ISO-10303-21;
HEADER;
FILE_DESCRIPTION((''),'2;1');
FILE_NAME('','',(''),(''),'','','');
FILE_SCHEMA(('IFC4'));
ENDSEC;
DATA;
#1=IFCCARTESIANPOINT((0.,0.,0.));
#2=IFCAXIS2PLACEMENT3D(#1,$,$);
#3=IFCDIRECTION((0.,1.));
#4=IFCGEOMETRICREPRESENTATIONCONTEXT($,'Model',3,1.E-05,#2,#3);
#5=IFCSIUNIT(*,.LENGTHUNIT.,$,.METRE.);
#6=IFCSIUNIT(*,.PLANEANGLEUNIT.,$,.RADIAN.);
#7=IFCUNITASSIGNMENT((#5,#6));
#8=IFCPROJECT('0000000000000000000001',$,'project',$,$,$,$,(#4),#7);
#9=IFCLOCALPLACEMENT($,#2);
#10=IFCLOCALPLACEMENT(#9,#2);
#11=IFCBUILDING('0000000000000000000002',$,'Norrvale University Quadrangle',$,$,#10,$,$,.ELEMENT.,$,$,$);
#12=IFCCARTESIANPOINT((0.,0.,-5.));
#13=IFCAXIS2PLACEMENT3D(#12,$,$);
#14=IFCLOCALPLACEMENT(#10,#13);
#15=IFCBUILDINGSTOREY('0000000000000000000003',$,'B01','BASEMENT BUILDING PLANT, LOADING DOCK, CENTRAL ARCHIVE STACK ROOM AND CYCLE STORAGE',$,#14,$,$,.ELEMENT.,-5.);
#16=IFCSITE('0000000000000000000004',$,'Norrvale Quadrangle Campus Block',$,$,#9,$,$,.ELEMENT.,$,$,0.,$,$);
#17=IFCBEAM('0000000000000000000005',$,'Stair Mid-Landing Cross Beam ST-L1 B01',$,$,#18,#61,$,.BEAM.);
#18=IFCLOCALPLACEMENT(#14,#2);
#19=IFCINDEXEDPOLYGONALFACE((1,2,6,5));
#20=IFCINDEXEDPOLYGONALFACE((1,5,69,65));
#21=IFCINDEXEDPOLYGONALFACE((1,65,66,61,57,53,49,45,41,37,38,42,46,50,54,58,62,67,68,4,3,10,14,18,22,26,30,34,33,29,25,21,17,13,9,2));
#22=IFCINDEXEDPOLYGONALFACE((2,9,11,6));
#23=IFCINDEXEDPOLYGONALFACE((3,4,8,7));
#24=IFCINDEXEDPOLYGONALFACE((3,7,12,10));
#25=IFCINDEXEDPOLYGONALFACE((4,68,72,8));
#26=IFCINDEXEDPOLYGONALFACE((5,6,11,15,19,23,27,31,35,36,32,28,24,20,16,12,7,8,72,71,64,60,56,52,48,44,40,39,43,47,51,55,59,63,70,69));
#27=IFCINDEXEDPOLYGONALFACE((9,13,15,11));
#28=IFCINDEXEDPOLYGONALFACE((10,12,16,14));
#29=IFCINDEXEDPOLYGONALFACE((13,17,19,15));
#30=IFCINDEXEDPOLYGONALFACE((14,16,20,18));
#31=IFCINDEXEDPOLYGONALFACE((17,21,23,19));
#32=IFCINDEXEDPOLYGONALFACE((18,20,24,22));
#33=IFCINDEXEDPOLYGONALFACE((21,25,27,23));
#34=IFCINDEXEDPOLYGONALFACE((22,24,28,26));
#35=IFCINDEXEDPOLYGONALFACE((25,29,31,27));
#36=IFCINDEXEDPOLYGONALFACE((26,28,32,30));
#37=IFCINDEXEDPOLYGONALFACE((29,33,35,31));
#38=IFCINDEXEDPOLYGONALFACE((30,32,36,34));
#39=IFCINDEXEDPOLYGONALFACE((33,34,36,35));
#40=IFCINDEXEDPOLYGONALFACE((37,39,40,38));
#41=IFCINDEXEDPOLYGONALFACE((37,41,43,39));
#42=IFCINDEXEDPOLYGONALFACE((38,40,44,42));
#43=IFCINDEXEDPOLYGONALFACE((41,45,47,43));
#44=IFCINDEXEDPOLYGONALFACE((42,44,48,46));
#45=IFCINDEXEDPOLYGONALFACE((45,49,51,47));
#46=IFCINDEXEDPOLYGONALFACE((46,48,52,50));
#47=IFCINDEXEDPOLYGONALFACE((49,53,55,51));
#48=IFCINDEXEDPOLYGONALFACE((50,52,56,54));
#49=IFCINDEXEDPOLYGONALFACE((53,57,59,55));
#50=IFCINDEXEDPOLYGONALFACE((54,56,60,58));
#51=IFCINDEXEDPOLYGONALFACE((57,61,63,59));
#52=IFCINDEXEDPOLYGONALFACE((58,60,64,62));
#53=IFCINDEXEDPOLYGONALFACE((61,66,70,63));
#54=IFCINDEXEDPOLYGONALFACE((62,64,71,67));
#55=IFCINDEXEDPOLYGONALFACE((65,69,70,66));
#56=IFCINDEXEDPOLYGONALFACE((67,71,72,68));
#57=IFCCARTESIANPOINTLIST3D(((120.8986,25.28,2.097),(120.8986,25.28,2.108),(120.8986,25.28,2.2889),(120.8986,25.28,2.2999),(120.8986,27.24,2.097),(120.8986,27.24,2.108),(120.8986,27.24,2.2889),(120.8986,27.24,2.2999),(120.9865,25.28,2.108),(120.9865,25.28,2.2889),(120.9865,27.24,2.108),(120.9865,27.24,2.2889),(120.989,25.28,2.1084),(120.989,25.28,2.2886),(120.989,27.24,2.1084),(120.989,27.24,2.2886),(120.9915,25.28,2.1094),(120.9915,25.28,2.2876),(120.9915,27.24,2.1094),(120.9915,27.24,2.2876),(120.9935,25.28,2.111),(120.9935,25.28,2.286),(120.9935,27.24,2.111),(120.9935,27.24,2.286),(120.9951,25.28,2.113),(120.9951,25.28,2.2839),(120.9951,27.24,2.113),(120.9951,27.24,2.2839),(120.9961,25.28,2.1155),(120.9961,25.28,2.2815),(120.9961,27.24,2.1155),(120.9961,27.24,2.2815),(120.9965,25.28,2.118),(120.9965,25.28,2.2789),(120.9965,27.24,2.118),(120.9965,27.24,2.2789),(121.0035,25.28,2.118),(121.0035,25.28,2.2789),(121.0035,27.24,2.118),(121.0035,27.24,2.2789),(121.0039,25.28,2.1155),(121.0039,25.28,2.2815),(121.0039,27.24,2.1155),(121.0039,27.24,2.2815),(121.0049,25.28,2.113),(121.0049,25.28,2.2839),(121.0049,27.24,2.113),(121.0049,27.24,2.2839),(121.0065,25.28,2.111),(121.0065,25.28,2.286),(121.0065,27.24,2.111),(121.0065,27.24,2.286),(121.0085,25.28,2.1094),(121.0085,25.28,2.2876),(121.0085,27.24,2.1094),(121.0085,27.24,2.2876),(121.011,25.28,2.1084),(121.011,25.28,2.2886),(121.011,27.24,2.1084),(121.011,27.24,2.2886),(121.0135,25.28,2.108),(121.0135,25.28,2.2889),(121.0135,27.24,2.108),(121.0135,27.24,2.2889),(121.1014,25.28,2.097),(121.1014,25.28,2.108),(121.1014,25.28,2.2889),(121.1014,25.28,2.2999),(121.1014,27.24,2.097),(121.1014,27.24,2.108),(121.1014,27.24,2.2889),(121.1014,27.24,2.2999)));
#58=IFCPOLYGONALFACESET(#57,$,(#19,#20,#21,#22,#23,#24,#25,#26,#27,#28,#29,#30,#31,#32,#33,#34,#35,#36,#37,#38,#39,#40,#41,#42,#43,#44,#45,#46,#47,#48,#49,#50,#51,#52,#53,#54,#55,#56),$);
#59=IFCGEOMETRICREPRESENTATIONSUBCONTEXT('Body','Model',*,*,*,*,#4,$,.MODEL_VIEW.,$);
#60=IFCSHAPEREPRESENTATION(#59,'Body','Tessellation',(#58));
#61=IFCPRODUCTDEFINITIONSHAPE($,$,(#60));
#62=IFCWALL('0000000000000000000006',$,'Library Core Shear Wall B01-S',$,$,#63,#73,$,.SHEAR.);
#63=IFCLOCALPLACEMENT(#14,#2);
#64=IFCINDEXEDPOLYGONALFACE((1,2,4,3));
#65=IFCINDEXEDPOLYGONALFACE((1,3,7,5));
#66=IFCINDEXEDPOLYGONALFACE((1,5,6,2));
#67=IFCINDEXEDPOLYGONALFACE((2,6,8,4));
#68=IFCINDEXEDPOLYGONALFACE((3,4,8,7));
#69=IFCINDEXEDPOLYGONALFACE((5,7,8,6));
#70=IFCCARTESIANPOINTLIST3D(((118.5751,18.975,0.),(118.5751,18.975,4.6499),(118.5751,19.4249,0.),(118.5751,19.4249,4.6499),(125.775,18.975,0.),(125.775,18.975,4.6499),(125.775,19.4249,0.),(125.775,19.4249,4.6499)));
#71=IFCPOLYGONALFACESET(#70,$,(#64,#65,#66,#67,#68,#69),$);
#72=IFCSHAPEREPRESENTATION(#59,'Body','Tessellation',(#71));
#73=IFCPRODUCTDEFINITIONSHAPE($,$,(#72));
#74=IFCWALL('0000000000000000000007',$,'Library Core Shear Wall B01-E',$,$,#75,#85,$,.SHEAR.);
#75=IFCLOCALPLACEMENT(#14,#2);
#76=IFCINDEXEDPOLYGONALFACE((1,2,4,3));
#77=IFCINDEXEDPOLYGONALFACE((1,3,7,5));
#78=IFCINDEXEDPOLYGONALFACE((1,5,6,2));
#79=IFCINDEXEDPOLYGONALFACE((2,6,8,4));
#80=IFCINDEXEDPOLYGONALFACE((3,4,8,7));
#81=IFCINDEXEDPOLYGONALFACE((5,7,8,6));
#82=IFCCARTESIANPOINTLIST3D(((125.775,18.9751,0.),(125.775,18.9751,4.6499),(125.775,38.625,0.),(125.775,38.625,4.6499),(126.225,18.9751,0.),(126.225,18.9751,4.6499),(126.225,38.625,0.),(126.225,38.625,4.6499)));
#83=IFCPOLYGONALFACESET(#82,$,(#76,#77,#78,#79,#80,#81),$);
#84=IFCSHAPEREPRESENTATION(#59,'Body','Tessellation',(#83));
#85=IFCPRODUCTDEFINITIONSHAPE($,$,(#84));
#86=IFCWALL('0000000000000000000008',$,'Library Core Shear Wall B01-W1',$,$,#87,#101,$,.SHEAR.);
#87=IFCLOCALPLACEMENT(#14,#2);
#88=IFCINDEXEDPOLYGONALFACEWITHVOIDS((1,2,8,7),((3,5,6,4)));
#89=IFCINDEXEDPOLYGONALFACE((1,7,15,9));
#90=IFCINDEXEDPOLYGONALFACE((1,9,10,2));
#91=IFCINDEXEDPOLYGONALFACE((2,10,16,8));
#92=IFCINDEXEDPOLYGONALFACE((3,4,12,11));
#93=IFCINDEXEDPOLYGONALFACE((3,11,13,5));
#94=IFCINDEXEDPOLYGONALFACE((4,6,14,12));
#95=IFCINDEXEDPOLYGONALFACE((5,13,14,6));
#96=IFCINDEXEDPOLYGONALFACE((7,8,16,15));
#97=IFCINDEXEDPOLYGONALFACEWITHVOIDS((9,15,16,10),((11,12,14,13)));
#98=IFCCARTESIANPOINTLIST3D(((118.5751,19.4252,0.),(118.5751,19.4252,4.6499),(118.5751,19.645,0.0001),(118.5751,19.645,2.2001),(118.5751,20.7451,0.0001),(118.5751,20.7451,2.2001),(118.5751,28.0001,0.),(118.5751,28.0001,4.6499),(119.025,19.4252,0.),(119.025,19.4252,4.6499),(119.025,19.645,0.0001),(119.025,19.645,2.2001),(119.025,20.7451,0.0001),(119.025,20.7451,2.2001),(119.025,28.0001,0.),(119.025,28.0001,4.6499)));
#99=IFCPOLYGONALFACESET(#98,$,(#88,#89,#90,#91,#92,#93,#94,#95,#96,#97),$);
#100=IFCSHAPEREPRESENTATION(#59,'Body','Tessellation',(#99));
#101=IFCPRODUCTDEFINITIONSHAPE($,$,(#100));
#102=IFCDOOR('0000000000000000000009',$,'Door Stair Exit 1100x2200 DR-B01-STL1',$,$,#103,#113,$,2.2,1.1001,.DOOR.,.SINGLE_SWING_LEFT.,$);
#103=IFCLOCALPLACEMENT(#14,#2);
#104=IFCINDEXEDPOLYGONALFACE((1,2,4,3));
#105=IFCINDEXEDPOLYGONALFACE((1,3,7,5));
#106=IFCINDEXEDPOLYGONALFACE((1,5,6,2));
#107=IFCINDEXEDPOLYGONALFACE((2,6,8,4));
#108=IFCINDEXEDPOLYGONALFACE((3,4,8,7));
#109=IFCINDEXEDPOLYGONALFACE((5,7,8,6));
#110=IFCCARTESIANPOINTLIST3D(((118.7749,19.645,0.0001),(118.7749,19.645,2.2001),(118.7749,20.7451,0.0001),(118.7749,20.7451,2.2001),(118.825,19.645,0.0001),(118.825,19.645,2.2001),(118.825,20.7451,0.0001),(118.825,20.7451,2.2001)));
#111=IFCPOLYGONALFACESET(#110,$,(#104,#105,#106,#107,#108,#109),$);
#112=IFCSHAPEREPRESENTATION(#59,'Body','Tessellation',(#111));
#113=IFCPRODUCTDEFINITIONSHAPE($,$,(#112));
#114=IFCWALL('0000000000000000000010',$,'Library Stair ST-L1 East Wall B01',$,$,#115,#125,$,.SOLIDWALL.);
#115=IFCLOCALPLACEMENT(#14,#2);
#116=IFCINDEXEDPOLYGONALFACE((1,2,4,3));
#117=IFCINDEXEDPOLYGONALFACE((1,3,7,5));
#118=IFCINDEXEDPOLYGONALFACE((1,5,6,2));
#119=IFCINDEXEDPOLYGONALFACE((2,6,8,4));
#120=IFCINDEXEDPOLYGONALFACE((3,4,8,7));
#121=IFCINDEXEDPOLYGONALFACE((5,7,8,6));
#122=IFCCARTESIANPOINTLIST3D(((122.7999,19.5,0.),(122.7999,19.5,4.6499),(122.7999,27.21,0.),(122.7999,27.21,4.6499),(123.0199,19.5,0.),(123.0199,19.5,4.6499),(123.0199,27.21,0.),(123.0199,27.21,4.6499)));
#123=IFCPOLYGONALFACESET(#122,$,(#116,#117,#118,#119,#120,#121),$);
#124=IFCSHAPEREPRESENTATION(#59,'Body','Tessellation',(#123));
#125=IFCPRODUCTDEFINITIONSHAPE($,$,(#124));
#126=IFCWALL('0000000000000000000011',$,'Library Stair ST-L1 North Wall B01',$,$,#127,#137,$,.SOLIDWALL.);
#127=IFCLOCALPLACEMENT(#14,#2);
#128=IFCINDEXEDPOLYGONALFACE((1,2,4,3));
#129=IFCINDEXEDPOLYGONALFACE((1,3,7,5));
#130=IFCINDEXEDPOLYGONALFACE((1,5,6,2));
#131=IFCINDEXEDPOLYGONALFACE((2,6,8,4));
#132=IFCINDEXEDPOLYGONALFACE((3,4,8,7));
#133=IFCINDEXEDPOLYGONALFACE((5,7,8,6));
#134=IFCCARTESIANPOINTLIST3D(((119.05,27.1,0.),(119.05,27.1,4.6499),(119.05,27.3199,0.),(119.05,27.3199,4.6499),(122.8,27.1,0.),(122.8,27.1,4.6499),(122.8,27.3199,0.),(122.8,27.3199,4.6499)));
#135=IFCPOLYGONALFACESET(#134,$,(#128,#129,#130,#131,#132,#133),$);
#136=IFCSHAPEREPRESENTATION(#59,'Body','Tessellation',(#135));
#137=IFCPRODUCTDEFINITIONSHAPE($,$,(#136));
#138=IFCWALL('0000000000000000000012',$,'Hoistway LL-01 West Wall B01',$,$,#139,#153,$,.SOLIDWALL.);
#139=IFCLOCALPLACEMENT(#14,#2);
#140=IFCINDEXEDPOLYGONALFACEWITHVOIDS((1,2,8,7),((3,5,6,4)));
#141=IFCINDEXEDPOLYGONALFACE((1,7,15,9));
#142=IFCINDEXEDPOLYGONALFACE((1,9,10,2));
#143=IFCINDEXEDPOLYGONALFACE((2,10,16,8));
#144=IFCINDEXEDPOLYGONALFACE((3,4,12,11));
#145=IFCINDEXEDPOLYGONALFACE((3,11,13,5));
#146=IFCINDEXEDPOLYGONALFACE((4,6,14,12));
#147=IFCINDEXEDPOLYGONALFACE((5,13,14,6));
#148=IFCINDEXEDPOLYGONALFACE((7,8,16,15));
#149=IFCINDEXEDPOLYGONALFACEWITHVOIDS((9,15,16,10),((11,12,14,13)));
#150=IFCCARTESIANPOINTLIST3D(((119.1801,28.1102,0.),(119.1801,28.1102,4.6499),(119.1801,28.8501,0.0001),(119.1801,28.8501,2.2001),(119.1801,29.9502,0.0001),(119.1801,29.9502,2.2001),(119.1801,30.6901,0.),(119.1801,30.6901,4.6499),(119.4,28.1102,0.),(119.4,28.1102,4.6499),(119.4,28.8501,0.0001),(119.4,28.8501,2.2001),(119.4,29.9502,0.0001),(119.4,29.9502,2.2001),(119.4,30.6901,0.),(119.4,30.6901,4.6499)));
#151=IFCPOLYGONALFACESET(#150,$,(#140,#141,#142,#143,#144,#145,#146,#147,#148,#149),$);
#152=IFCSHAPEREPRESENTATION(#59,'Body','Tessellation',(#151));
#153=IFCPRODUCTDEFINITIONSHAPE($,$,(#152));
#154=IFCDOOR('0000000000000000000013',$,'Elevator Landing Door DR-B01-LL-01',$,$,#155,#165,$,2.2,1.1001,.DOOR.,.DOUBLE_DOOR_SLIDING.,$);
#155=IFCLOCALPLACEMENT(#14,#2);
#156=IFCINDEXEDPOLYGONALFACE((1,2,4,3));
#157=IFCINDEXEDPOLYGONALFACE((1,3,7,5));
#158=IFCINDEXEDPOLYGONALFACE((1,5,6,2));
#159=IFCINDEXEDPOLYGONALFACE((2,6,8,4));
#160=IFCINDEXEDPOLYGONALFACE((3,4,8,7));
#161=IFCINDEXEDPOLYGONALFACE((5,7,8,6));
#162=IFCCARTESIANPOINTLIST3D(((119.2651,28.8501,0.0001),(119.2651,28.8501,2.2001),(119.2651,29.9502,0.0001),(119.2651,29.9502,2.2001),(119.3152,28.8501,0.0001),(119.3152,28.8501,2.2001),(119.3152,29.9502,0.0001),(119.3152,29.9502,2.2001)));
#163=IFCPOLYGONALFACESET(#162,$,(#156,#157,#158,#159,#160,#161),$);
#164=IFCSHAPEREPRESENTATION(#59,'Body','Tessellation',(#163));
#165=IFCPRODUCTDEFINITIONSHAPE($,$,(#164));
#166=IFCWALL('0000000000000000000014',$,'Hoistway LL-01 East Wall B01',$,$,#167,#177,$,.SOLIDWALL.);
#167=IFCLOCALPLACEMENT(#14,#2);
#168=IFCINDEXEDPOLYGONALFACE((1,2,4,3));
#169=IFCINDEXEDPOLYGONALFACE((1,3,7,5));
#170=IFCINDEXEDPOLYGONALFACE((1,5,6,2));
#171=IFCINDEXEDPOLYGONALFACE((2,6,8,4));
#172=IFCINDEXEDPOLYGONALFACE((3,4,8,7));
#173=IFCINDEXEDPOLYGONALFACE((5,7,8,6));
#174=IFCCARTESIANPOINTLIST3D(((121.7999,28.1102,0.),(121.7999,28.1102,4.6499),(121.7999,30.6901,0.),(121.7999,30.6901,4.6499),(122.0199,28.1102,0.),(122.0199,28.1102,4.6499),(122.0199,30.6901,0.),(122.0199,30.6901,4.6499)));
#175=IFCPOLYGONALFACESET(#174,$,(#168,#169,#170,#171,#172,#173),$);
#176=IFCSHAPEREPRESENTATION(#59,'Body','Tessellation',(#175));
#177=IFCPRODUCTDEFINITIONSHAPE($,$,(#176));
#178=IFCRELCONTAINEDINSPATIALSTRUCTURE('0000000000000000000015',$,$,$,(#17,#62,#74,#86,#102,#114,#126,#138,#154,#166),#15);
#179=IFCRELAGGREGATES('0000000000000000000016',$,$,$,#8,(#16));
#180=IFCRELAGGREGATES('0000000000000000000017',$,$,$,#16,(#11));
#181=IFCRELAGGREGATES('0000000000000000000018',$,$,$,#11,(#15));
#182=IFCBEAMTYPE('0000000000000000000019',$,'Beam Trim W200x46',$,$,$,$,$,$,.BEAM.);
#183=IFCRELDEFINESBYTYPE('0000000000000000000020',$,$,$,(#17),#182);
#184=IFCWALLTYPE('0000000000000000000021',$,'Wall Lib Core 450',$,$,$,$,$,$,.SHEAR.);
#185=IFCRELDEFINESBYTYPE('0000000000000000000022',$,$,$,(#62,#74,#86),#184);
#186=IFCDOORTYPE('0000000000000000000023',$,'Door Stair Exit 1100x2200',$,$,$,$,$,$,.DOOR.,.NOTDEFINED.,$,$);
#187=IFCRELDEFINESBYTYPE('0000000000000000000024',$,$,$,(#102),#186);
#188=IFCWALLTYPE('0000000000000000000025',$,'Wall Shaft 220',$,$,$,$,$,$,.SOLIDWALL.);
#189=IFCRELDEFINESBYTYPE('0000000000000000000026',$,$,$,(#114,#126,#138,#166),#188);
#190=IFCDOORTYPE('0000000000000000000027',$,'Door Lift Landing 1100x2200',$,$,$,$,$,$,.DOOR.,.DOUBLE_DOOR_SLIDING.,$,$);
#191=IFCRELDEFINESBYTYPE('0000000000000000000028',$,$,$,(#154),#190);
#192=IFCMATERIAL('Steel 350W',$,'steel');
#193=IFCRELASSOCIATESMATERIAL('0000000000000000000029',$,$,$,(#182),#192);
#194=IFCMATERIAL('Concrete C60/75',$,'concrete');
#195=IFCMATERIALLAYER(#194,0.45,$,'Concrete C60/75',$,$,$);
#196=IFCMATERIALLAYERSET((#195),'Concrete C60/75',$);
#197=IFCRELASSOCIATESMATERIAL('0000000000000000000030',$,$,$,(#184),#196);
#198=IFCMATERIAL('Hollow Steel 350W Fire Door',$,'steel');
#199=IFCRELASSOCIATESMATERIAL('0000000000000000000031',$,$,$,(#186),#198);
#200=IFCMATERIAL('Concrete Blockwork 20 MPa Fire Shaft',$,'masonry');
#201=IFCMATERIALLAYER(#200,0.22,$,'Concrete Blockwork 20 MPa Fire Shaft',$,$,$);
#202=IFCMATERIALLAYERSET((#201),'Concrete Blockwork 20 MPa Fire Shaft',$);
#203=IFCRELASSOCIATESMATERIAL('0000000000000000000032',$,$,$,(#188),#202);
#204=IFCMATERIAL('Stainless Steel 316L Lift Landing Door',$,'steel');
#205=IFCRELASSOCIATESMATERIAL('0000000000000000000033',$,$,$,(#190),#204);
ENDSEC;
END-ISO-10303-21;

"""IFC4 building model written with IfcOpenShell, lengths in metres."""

from ifc_helpers import new_model, si_unit, direction, frame, frame_2d, origin, origin_2d, place, context, subcontext, project, spatial, rectangle, i_section, extrude, material, layer, layer_set, material_profile, profile_set, type_object, element, fill, save


model = new_model("IFC4")

# Units and contexts
model_context = context("Model", 3, precision=1e-05, world=origin(), true_north=direction((0.0, 1.0)))
body_context = subcontext(model_context, "Body", "Model", "MODEL_VIEW")
ifc_project = project(units=[si_unit("LENGTHUNIT", "METRE"), si_unit("PLANEANGLEUNIT", "RADIAN")], contexts=[model_context])

# Site, building, storey
site_placement = place(None, origin())
site = spatial("IfcSite", under=ifc_project, at=site_placement, Name="Norrvale Quadrangle Campus Block", CompositionType="ELEMENT", RefElevation=0.0)
building_placement = place(site_placement, origin())
building = spatial("IfcBuilding", under=site, at=building_placement, Name="Norrvale University Quadrangle", CompositionType="ELEMENT")
storey_placement = place(building_placement, frame((0.0, 0.0, -5.0)))
storey = spatial("IfcBuildingStorey", under=building, at=storey_placement, Name="B01", Description="BASEMENT BUILDING PLANT, LOADING DOCK, CENTRAL ARCHIVE STACK ROOM AND CYCLE STORAGE", CompositionType="ELEMENT", Elevation=-5.0)

# Shared definitions
ifc_material_1 = material(Name="Concrete C60/75", Category="concrete")

# Beam
ifc_material_2 = material(Name="Steel 350W", Category="steel")
ifc_material_profile_1 = material_profile(ifc_material_2, i_section(OverallWidth=0.2029, OverallDepth=0.2029, WebThickness=0.0071, FlangeThickness=0.011, FilletRadius=0.01, at=origin_2d()), Name="Steel 350W")
ifc_profile_set_1 = profile_set([ifc_material_profile_1], Name="Steel 350W")
beam_type_1 = type_object("IfcBeamType", Name="Beam Trim W200x46", PredefinedType="BEAM", material=ifc_profile_set_1)
beam_1_placement = place(storey_placement, frame((121.0, 25.28, 2.1985), z_axis=(0.0, 1.0, 0.0), x_axis=(-1.0, 0.0, 0.0)))
element("IfcBeam", 1, at=beam_1_placement, inside=storey, type_object=beam_type_1, Name="Stair Mid-Landing Cross Beam ST-L1 B01", PredefinedType="BEAM", context=body_context, shape_type="SweptSolid", body=[
    extrude(i_section(OverallWidth=0.2029, OverallDepth=0.2029, WebThickness=0.0071, FlangeThickness=0.011, FilletRadius=0.01, at=origin_2d()), origin(), (0.0, 0.0, 1.0), 1.96),
])

# Walls
ifc_layer_1 = layer(ifc_material_1, 0.45, Name="Concrete C60/75")
ifc_layer_set_1 = layer_set([ifc_layer_1], Name="Concrete C60/75")
wall_type_1 = type_object("IfcWallType", Name="Wall Lib Core 450", PredefinedType="SHEAR", material=ifc_layer_set_1)
wall_1_placement = place(storey_placement, frame((118.575, 19.2, 0.0), z_axis=(0.0, 0.0, 1.0), x_axis=(1.0, 0.0, 0.0)))
element("IfcWall", 2, at=wall_1_placement, inside=storey, type_object=wall_type_1, Name="Library Core Shear Wall B01-S", PredefinedType="SHEAR", context=body_context, shape_type="SweptSolid", body=[
    extrude(rectangle(XDim=7.2, YDim=0.45, at=frame_2d((3.6001, 0.0))), origin(), (0.0, 0.0, 1.0), 4.6499),
])
wall_2_placement = place(storey_placement, frame((126.0, 18.9751, 0.0), z_axis=(0.0, 0.0, 1.0), x_axis=(0.0, 1.0, 0.0)))
element("IfcWall", 3, at=wall_2_placement, inside=storey, type_object=wall_type_1, Name="Library Core Shear Wall B01-E", PredefinedType="SHEAR", context=body_context, shape_type="SweptSolid", body=[
    extrude(rectangle(XDim=19.6499, YDim=0.45, at=frame_2d((9.825, 0.0))), origin(), (0.0, 0.0, 1.0), 4.6499),
])

# Wall, opening, door
wall_3_placement = place(storey_placement, frame((118.8, 19.425, 0.0), z_axis=(0.0, 0.0, 1.0), x_axis=(0.0, 1.0, 0.0)))
wall_3 = element("IfcWall", 4, at=wall_3_placement, inside=storey, type_object=wall_type_1, Name="Library Core Shear Wall B01-W1", PredefinedType="SHEAR", context=body_context, shape_type="SweptSolid", body=[
    extrude(rectangle(XDim=8.575, YDim=0.45, at=frame_2d((4.2876, 0.0))), origin(), (0.0, 0.0, 1.0), 4.6499),
])
opening_1_placement = place(wall_3_placement, frame((0.22, 0.0, 0.0)))
opening_1 = element("IfcOpeningElement", 5, at=opening_1_placement, cuts=wall_3, PredefinedType="OPENING", context=body_context, shape_type="SweptSolid", body=[
    extrude(rectangle(XDim=1.1001, YDim=2.2, at=frame_2d((0.55, 1.1001))), frame((0.0, 0.2371, 0.0), z_axis=(0.0, -1.0, 0.0), x_axis=(1.0, 0.0, 0.0)), (0.0, 0.0, 1.0), 0.4739),
])
ifc_material_3 = material(Name="Hollow Steel 350W Fire Door", Category="steel")
door_type_1 = type_object("IfcDoorType", Name="Door Stair Exit 1100x2200", OperationType="NOTDEFINED", PredefinedType="DOOR", material=ifc_material_3)
door_1_placement = place(opening_1_placement, frame((1.1001, 0.0, 0.0), z_axis=(0.0, 0.0, 1.0), x_axis=(-1.0, 0.0, 0.0)))
door_1 = element("IfcDoor", 6, at=door_1_placement, inside=storey, type_object=door_type_1, Name="Door Stair Exit 1100x2200 DR-B01-STL1", OperationType="SINGLE_SWING_LEFT", OverallHeight=2.2, OverallWidth=1.1001, PredefinedType="DOOR", context=body_context, shape_type="SweptSolid", body=[
    extrude(rectangle(XDim=1.1001, YDim=2.2, at=frame_2d((0.55, 1.1001))), frame((0.0, 0.0249, 0.0), z_axis=(0.0, -1.0, 0.0), x_axis=(1.0, 0.0, 0.0)), (0.0, 0.0, 1.0), 0.05),
])
fill(opening_1, door_1)

# Walls
ifc_material_4 = material(Name="Concrete Blockwork 20 MPa Fire Shaft", Category="masonry")
ifc_layer_2 = layer(ifc_material_4, 0.22, Name="Concrete Blockwork 20 MPa Fire Shaft")
ifc_layer_set_2 = layer_set([ifc_layer_2], Name="Concrete Blockwork 20 MPa Fire Shaft")
wall_type_2 = type_object("IfcWallType", Name="Wall Shaft 220", PredefinedType="SOLIDWALL", material=ifc_layer_set_2)
wall_4_placement = place(storey_placement, frame((122.9099, 19.5, 0.0), z_axis=(0.0, 0.0, 1.0), x_axis=(0.0, 1.0, 0.0)))
element("IfcWall", 7, at=wall_4_placement, inside=storey, type_object=wall_type_2, Name="Library Stair ST-L1 East Wall B01", PredefinedType="SOLIDWALL", context=body_context, shape_type="SweptSolid", body=[
    extrude(rectangle(XDim=7.71, YDim=0.22, at=frame_2d((3.855, 0.0))), origin(), (0.0, 0.0, 1.0), 4.6499),
])
wall_5_placement = place(storey_placement, frame((119.05, 27.21, 0.0), z_axis=(0.0, 0.0, 1.0), x_axis=(1.0, 0.0, 0.0)))
element("IfcWall", 8, at=wall_5_placement, inside=storey, type_object=wall_type_2, Name="Library Stair ST-L1 North Wall B01", PredefinedType="SOLIDWALL", context=body_context, shape_type="SweptSolid", body=[
    extrude(rectangle(XDim=3.75, YDim=0.22, at=frame_2d((1.875, 0.0))), origin(), (0.0, 0.0, 1.0), 4.6499),
])

# Wall, opening, door
wall_6_placement = place(storey_placement, frame((119.29, 28.1101, 0.0), z_axis=(0.0, 0.0, 1.0), x_axis=(0.0, 1.0, 0.0)))
wall_6 = element("IfcWall", 9, at=wall_6_placement, inside=storey, type_object=wall_type_2, Name="Hoistway LL-01 West Wall B01", PredefinedType="SOLIDWALL", context=body_context, shape_type="SweptSolid", body=[
    extrude(rectangle(XDim=2.5798, YDim=0.22, at=frame_2d((1.29, 0.0))), origin(), (0.0, 0.0, 1.0), 4.6499),
])
opening_2_placement = place(wall_6_placement, frame((0.74, 0.0, 0.0)))
opening_2 = element("IfcOpeningElement", 10, at=opening_2_placement, cuts=wall_6, PredefinedType="OPENING", context=body_context, shape_type="SweptSolid", body=[
    extrude(rectangle(XDim=1.1001, YDim=2.2, at=frame_2d((0.55, 1.1001))), frame((0.0, 0.1221, 0.0), z_axis=(0.0, -1.0, 0.0), x_axis=(1.0, 0.0, 0.0)), (0.0, 0.0, 1.0), 0.2439),
])
ifc_material_5 = material(Name="Stainless Steel 316L Lift Landing Door", Category="steel")
door_type_2 = type_object("IfcDoorType", Name="Door Lift Landing 1100x2200", OperationType="DOUBLE_DOOR_SLIDING", PredefinedType="DOOR", material=ifc_material_5)
door_2_placement = place(opening_2_placement, origin())
door_2 = element("IfcDoor", 11, at=door_2_placement, inside=storey, type_object=door_type_2, Name="Elevator Landing Door DR-B01-LL-01", OperationType="DOUBLE_DOOR_SLIDING", OverallHeight=2.2, OverallWidth=1.1001, PredefinedType="DOOR", context=body_context, shape_type="SweptSolid", body=[
    extrude(rectangle(XDim=1.1001, YDim=2.2, at=frame_2d((0.55, 1.1001))), frame((0.0, 0.0249, 0.0), z_axis=(0.0, -1.0, 0.0), x_axis=(1.0, 0.0, 0.0)), (0.0, 0.0, 1.0), 0.05),
])
fill(opening_2, door_2)

# Wall
wall_7_placement = place(storey_placement, frame((121.9099, 28.1101, 0.0), z_axis=(0.0, 0.0, 1.0), x_axis=(0.0, 1.0, 0.0)))
element("IfcWall", 12, at=wall_7_placement, inside=storey, type_object=wall_type_2, Name="Hoistway LL-01 East Wall B01", PredefinedType="SOLIDWALL", context=body_context, shape_type="SweptSolid", body=[
    extrude(rectangle(XDim=2.5798, YDim=0.22, at=frame_2d((1.29, 0.0))), origin(), (0.0, 0.0, 1.0), 4.6499),
])

save(model, "model.ifc")
